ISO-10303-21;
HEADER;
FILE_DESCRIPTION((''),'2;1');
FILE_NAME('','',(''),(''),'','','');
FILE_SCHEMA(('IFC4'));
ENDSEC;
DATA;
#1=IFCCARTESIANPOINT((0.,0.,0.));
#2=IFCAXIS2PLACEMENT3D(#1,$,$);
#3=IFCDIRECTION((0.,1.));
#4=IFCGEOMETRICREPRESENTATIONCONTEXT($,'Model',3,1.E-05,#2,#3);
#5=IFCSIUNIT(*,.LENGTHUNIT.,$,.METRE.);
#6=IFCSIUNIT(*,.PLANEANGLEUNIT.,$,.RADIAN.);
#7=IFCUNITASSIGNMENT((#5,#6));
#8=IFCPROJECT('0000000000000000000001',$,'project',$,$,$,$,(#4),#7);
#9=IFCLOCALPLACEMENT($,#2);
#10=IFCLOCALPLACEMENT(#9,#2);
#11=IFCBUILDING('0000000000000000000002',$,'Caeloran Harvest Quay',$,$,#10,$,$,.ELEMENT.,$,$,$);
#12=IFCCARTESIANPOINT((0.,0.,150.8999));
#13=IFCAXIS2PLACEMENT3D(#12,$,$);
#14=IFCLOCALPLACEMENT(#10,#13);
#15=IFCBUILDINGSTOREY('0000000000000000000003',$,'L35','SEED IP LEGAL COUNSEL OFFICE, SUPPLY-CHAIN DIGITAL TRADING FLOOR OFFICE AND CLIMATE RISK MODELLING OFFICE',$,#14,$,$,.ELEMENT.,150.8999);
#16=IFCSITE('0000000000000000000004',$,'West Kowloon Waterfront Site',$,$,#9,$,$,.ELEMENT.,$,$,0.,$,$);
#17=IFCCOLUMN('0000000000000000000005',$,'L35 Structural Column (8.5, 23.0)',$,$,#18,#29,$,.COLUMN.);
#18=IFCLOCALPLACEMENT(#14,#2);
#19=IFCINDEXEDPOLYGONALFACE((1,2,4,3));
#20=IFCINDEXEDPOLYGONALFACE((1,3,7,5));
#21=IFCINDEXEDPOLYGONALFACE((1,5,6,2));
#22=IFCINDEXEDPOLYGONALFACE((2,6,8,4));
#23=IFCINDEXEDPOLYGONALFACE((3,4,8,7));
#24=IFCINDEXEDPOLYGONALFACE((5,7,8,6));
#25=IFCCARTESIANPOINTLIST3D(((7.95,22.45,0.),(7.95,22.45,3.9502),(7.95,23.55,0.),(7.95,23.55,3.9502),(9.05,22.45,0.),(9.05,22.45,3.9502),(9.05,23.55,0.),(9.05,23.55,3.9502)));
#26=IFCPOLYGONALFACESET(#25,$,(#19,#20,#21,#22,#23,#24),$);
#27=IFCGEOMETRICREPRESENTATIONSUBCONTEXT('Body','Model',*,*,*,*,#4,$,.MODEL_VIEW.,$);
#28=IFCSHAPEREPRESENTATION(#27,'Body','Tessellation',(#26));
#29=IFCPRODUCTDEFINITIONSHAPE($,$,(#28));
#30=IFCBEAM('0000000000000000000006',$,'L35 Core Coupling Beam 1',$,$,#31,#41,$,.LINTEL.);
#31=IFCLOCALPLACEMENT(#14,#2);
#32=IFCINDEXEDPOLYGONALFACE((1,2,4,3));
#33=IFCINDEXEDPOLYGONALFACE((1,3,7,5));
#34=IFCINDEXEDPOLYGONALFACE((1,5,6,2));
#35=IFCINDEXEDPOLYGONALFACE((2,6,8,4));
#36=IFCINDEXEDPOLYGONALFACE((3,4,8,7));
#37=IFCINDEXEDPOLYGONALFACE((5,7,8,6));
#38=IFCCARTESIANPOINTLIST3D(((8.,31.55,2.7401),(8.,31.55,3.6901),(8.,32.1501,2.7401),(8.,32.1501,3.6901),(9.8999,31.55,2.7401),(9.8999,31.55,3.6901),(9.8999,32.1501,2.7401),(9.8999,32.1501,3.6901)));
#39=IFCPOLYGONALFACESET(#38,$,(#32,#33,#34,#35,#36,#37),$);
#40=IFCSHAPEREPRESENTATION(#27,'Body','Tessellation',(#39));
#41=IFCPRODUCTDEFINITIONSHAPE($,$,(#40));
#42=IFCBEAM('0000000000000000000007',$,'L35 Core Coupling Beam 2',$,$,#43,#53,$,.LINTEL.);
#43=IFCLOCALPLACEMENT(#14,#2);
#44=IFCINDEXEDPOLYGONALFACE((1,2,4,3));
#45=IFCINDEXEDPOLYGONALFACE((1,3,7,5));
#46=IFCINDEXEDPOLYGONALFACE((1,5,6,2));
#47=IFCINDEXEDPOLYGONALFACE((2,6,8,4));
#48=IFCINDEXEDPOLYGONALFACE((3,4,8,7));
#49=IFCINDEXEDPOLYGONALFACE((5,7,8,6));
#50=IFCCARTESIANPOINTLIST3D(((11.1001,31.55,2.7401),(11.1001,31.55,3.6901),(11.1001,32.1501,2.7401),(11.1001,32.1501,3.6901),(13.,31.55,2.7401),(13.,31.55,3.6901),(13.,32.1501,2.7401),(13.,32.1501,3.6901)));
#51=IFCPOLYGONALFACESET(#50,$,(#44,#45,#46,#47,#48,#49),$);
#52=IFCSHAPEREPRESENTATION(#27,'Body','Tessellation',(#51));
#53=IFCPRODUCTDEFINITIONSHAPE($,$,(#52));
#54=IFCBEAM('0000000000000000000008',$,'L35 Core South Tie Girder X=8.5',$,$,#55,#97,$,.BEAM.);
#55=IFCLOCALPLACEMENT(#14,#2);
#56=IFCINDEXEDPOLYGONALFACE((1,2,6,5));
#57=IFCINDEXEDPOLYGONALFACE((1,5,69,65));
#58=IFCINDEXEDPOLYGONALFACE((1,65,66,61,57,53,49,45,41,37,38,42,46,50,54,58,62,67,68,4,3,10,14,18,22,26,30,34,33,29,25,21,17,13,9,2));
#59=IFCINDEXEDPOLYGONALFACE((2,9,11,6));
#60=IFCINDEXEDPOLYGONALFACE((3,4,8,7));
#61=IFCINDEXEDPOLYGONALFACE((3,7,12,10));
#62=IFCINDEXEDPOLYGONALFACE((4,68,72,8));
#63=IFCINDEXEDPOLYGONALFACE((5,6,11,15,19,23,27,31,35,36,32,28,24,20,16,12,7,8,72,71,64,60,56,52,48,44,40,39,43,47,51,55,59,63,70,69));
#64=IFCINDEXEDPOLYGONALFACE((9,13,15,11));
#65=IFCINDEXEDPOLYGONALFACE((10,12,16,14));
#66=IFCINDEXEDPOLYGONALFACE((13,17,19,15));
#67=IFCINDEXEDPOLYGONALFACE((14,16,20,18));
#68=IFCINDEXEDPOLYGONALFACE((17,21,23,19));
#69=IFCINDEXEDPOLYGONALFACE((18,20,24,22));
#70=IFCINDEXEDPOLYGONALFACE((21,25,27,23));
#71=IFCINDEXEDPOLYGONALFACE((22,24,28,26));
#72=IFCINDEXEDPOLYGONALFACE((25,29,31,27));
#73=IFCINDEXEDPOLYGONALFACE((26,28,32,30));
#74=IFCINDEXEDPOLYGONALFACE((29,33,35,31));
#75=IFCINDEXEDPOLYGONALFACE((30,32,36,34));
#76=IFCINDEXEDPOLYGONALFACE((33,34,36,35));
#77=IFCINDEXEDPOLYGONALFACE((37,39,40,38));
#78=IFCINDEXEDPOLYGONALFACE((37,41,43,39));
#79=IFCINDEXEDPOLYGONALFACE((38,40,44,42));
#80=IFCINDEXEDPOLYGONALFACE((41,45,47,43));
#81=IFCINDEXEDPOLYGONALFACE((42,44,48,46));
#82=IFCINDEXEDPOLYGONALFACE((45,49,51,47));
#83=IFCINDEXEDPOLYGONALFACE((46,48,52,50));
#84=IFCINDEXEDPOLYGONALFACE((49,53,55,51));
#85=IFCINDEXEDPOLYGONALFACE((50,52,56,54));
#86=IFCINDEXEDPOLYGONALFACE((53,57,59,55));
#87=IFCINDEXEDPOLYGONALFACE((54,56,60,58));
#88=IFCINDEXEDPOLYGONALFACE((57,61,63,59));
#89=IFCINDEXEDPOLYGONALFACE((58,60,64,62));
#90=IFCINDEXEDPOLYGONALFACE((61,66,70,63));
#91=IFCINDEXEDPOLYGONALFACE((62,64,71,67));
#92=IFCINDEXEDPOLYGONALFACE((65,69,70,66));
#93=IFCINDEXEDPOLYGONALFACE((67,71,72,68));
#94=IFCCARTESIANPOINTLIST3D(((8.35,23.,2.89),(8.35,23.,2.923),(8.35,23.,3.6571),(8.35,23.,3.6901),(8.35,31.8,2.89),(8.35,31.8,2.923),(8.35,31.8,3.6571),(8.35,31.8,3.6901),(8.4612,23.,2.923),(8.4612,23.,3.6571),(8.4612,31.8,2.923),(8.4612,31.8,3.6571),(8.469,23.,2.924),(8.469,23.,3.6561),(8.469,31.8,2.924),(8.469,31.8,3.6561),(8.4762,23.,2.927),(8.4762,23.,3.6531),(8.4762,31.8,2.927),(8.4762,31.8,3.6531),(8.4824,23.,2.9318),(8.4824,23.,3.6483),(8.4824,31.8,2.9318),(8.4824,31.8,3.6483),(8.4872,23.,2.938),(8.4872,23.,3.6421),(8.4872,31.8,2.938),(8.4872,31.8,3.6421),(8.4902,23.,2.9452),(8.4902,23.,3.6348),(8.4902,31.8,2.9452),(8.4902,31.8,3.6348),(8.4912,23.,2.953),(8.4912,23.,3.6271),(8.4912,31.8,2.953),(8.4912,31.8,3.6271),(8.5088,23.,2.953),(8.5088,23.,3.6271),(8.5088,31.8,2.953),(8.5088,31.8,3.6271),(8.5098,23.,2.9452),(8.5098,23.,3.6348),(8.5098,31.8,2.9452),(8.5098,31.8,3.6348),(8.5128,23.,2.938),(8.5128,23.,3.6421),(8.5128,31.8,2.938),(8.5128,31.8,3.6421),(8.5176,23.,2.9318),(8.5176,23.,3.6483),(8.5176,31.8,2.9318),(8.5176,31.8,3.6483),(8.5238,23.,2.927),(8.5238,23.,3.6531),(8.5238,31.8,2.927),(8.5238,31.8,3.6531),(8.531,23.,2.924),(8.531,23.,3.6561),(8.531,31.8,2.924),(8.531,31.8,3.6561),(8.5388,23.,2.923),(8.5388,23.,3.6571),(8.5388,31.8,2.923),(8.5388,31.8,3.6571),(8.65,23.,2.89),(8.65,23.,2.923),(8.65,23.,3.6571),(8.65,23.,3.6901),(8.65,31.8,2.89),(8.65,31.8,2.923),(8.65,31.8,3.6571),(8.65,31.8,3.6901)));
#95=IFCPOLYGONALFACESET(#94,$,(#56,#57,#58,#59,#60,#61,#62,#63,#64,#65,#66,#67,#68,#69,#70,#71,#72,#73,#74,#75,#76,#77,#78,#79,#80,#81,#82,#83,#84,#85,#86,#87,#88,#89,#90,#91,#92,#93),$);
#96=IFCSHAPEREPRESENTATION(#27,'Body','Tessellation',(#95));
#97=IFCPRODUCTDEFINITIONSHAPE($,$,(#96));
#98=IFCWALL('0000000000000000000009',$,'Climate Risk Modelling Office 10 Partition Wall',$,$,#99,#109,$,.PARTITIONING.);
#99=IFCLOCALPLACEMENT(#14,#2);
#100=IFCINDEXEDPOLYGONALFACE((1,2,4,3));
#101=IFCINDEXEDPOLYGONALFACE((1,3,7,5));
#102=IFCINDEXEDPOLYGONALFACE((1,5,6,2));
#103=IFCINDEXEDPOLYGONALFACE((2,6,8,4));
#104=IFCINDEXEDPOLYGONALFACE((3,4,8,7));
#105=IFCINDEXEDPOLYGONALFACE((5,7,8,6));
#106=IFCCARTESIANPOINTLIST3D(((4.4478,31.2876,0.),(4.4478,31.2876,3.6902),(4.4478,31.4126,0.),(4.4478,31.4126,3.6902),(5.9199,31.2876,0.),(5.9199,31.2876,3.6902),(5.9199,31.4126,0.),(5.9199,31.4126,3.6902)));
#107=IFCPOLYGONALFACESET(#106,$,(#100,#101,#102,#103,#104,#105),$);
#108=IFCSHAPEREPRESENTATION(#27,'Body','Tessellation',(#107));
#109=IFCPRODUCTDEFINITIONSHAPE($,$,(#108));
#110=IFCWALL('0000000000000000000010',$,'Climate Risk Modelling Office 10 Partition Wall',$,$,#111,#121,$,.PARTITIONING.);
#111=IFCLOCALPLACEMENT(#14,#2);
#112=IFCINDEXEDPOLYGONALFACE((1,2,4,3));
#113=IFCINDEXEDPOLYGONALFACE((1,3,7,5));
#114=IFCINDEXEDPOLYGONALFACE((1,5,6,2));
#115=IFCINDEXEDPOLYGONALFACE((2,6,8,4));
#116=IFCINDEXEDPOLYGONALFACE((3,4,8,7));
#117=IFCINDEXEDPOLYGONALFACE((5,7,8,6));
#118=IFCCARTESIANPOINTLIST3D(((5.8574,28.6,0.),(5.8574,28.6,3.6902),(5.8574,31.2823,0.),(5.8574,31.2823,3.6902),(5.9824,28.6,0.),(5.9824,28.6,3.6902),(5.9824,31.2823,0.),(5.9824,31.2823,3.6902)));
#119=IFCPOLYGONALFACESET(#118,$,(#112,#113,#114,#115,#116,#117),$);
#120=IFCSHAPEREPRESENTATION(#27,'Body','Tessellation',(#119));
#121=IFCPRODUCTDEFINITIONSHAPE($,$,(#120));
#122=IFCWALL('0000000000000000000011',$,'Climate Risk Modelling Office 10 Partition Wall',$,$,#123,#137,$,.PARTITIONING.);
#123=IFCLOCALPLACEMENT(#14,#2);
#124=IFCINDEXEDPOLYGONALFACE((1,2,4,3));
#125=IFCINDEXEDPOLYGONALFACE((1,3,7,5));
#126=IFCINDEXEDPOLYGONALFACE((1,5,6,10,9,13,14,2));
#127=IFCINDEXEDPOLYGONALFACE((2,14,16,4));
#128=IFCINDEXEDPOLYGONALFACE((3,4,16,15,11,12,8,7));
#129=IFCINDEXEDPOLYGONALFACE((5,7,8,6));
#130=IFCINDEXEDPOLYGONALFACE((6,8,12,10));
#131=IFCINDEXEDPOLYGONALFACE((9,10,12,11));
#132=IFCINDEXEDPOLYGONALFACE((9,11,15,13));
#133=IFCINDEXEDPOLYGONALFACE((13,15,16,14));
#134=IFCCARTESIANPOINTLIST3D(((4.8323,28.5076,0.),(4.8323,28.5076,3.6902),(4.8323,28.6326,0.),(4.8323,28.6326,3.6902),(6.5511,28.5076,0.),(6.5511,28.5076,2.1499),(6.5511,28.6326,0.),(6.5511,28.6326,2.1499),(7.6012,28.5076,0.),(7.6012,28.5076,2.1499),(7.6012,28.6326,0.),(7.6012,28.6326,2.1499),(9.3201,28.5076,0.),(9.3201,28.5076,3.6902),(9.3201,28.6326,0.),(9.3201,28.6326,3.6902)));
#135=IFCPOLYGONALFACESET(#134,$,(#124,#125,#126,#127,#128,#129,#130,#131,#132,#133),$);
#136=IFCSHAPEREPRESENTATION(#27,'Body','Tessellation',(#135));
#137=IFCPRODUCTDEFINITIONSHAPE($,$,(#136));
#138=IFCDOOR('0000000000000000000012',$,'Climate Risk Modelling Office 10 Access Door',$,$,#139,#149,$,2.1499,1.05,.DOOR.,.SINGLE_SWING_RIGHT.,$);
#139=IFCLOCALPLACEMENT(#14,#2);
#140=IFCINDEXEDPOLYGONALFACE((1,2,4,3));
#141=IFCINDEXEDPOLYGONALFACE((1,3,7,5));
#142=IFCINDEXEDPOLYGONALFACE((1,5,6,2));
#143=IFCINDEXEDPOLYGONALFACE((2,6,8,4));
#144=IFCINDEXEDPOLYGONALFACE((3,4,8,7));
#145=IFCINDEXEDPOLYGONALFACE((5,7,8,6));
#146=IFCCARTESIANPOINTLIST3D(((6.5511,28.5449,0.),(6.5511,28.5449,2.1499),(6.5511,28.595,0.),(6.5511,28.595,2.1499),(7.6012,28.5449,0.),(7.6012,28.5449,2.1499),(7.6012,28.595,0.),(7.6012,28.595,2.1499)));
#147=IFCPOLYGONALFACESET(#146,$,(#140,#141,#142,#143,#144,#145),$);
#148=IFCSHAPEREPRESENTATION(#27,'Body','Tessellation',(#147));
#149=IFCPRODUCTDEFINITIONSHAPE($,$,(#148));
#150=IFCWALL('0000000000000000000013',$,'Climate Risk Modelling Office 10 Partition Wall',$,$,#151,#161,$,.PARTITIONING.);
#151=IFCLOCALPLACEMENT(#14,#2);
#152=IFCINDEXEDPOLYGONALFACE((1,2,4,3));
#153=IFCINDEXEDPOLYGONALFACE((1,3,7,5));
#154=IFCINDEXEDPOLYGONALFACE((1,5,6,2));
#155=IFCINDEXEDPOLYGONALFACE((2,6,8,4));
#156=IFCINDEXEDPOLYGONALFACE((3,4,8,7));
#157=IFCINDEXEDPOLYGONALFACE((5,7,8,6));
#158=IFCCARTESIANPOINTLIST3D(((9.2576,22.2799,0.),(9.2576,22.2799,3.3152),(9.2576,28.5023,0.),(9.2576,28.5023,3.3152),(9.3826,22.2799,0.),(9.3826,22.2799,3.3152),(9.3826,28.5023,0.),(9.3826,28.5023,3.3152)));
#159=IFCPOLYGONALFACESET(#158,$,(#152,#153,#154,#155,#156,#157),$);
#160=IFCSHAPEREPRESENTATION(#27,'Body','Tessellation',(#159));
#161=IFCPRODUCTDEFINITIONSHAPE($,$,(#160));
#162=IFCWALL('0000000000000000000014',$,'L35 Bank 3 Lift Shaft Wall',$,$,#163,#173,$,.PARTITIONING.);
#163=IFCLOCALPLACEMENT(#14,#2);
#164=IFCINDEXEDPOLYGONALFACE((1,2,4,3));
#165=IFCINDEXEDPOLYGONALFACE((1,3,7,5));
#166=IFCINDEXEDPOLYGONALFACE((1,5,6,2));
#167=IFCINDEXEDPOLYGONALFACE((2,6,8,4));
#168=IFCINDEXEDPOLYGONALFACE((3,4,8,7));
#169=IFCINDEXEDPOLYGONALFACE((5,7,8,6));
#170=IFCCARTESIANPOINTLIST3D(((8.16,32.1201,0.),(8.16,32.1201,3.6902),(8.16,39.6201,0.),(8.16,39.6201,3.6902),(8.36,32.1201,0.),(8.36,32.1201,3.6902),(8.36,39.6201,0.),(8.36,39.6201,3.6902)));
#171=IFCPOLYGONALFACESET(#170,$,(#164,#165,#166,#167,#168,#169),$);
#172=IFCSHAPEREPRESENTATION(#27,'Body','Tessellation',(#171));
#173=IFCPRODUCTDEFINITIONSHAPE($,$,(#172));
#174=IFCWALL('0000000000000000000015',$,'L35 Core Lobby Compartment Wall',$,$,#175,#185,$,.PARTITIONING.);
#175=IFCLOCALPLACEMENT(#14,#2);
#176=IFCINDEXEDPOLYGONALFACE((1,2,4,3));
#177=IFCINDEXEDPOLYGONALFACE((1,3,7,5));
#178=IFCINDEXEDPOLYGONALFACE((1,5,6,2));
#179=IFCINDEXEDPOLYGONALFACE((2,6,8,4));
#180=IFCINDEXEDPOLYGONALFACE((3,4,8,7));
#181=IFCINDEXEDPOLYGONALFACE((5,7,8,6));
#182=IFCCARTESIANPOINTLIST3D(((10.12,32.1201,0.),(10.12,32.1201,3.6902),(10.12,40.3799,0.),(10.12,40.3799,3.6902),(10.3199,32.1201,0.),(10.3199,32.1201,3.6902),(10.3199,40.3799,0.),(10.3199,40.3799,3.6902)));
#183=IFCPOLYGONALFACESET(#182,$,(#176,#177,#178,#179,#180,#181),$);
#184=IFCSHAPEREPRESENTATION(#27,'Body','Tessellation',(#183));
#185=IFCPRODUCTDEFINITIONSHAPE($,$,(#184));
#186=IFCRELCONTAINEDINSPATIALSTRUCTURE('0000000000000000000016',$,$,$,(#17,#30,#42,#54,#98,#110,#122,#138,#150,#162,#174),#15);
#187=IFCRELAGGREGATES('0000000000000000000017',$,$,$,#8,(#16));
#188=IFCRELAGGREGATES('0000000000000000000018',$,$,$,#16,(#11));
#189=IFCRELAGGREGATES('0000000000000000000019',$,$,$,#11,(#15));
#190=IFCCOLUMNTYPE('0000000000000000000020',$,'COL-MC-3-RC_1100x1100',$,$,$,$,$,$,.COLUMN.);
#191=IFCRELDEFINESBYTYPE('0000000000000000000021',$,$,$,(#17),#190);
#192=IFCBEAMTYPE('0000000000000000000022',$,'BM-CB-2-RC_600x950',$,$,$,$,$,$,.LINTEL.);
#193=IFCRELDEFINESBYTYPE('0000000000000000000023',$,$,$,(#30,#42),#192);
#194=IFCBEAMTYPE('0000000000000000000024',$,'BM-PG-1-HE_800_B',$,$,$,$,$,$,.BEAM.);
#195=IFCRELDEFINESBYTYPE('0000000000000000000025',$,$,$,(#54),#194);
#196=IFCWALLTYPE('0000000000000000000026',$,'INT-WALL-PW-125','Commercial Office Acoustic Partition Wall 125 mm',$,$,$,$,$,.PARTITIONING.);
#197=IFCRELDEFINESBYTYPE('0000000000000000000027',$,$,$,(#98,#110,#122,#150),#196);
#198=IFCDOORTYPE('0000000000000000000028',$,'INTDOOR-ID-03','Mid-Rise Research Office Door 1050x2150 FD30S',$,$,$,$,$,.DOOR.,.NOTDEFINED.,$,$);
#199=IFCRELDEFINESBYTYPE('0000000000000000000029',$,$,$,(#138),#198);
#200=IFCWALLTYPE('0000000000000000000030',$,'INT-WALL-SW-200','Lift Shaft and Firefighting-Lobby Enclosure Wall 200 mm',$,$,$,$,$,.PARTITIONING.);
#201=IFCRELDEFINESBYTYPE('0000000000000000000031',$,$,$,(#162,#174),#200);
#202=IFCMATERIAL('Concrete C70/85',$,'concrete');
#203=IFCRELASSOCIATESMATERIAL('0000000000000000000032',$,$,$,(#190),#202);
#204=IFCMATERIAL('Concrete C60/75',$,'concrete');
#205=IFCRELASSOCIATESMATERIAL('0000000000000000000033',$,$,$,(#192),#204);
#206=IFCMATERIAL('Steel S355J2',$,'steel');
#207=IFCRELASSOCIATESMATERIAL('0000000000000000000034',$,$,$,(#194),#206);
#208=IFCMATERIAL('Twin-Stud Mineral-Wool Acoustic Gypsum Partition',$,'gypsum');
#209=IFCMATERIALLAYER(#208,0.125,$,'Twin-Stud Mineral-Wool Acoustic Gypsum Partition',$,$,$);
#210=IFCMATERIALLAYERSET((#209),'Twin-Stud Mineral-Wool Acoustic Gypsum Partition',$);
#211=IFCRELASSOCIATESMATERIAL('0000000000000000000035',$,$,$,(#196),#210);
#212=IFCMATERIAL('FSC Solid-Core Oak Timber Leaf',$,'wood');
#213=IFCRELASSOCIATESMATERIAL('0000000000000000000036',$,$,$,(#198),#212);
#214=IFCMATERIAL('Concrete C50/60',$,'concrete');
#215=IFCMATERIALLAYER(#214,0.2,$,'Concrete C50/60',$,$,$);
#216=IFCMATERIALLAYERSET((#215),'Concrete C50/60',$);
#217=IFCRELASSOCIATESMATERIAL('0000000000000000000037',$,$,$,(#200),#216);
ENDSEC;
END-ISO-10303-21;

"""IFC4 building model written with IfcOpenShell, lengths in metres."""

from ifc_helpers import new_model, si_unit, direction, frame, frame_2d, origin, origin_2d, place, context, subcontext, project, spatial, rectangle, i_section, extrude, material, layer, layer_set, material_profile, profile_set, type_object, element, fill, save


model = new_model("IFC4")

# Units and contexts
model_context = context("Model", 3, precision=1e-05, world=origin(), true_north=direction((0.0, 1.0)))
body_context = subcontext(model_context, "Body", "Model", "MODEL_VIEW")
ifc_project = project(units=[si_unit("LENGTHUNIT", "METRE"), si_unit("PLANEANGLEUNIT", "RADIAN")], contexts=[model_context])

# Site, building, storey
site_placement = place(None, origin())
site = spatial("IfcSite", under=ifc_project, at=site_placement, Name="West Kowloon Waterfront Site", CompositionType="ELEMENT", RefElevation=0.0)
building_placement = place(site_placement, origin())
building = spatial("IfcBuilding", under=site, at=building_placement, Name="Caeloran Harvest Quay", CompositionType="ELEMENT")
storey_placement = place(building_placement, frame((0.0, 0.0, 150.8999)))
storey = spatial("IfcBuildingStorey", under=building, at=storey_placement, Name="L35", Description="SEED IP LEGAL COUNSEL OFFICE, SUPPLY-CHAIN DIGITAL TRADING FLOOR OFFICE AND CLIMATE RISK MODELLING OFFICE", CompositionType="ELEMENT", Elevation=150.8999)

# Column
ifc_material_1 = material(Name="Concrete C70/85", Category="concrete")
ifc_material_profile_1 = material_profile(ifc_material_1, rectangle(XDim=1.1001, YDim=1.1001, at=origin_2d()), Name="RC 1100x1100")
ifc_profile_set_1 = profile_set([ifc_material_profile_1], Name="Concrete C70/85")
column_type = type_object("IfcColumnType", Name="COL-MC-3-RC_1100x1100", PredefinedType="COLUMN", material=ifc_profile_set_1)
column_placement = place(storey_placement, frame((8.5, 23.0, 0.0), z_axis=(0.0, 0.0, 1.0), x_axis=(1.0, 0.0, 0.0)))
element("IfcColumn", 1, at=column_placement, inside=storey, type_object=column_type, Name="L35 Structural Column (8.5, 23.0)", PredefinedType="COLUMN", context=body_context, shape_type="SweptSolid", body=[
    extrude(rectangle(XDim=1.1001, YDim=1.1001, at=origin_2d()), origin(), (0.0, 0.0, 1.0), 3.9502),
])

# Beams
ifc_material_2 = material(Name="Concrete C60/75", Category="concrete")
ifc_material_profile_2 = material_profile(ifc_material_2, rectangle(XDim=0.6001, YDim=0.95, at=origin_2d()), Name="RC 600x950")
ifc_profile_set_2 = profile_set([ifc_material_profile_2], Name="Concrete C60/75")
beam_type_1 = type_object("IfcBeamType", Name="BM-CB-2-RC_600x950", PredefinedType="LINTEL", material=ifc_profile_set_2)
for number, where, z_axis, x_axis, name in (
    (2, (8.0, 31.8501, 3.2151), (1.0, 0.0, 0.0), (0.0, 1.0, 0.0), "L35 Core Coupling Beam 1"),
    (3, (11.1001, 31.8501, 3.2151), (1.0, 0.0, 0.0), (0.0, 1.0, 0.0), "L35 Core Coupling Beam 2"),
):
    element("IfcBeam", number, at=place(storey_placement, frame(where, z_axis=z_axis, x_axis=x_axis)), inside=storey, type_object=beam_type_1, Name=name, PredefinedType="LINTEL", context=body_context, shape_type="SweptSolid", body=[
        extrude(rectangle(XDim=0.6001, YDim=0.95, at=origin_2d()), origin(), (0.0, 0.0, 1.0), 1.8999),
    ])
ifc_material_3 = material(Name="Steel S355J2", Category="steel")
ifc_material_profile_3 = material_profile(ifc_material_3, i_section(OverallWidth=0.3, OverallDepth=0.8, WebThickness=0.0176, FlangeThickness=0.033, FilletRadius=0.03, at=origin_2d()), Name="HE 800 B")
ifc_profile_set_3 = profile_set([ifc_material_profile_3], Name="Steel S355J2")
beam_type_2 = type_object("IfcBeamType", Name="BM-PG-1-HE_800_B", PredefinedType="BEAM", material=ifc_profile_set_3)
beam_placement = place(storey_placement, frame((8.5, 23.0, 3.29), z_axis=(0.0, 1.0, 0.0), x_axis=(-1.0, 0.0, 0.0)))
element("IfcBeam", 4, at=beam_placement, inside=storey, type_object=beam_type_2, Name="L35 Core South Tie Girder X=8.5", PredefinedType="BEAM", context=body_context, shape_type="SweptSolid", body=[
    extrude(i_section(OverallWidth=0.3, OverallDepth=0.8, WebThickness=0.0176, FlangeThickness=0.033, FilletRadius=0.03, at=origin_2d()), origin(), (0.0, 0.0, 1.0), 8.8),
])

# Walls
ifc_material_4 = material(Name="Twin-Stud Mineral-Wool Acoustic Gypsum Partition", Category="gypsum")
ifc_layer_1 = layer(ifc_material_4, 0.125, Name="Twin-Stud Mineral-Wool Acoustic Gypsum Partition")
ifc_layer_set_1 = layer_set([ifc_layer_1], Name="Twin-Stud Mineral-Wool Acoustic Gypsum Partition")
wall_type_1 = type_object("IfcWallType", Name="INT-WALL-PW-125", Description="Commercial Office Acoustic Partition Wall 125 mm", PredefinedType="PARTITIONING", material=ifc_layer_set_1)
wall_1_placement = place(storey_placement, frame((4.4478, 31.3501, 0.0), z_axis=(0.0, 0.0, 1.0), x_axis=(1.0, 0.0, 0.0)))
element("IfcWall", 5, at=wall_1_placement, inside=storey, type_object=wall_type_1, Name="Climate Risk Modelling Office 10 Partition Wall", PredefinedType="PARTITIONING", context=body_context, shape_type="SweptSolid", body=[
    extrude(rectangle(XDim=1.4722, YDim=0.125, at=frame_2d((0.7361, 0.0))), origin(), (0.0, 0.0, 1.0), 3.6902),
])
wall_2_placement = place(storey_placement, frame((5.9199, 31.2825, 0.0), z_axis=(0.0, 0.0, 1.0), x_axis=(0.0, -1.0, 0.0)))
element("IfcWall", 6, at=wall_2_placement, inside=storey, type_object=wall_type_1, Name="Climate Risk Modelling Office 10 Partition Wall", PredefinedType="PARTITIONING", context=body_context, shape_type="SweptSolid", body=[
    extrude(rectangle(XDim=2.6824, YDim=0.125, at=frame_2d((1.3413, 0.0))), origin(), (0.0, 0.0, 1.0), 3.6902),
])

# Wall, opening, door
wall_3_placement = place(storey_placement, frame((4.8323, 28.5701, 0.0), z_axis=(0.0, 0.0, 1.0), x_axis=(1.0, 0.0, 0.0)))
wall_3 = element("IfcWall", 7, at=wall_3_placement, inside=storey, type_object=wall_type_1, Name="Climate Risk Modelling Office 10 Partition Wall", PredefinedType="PARTITIONING", context=body_context, shape_type="SweptSolid", body=[
    extrude(rectangle(XDim=4.4878, YDim=0.125, at=frame_2d((2.2439, 0.0))), origin(), (0.0, 0.0, 1.0), 3.6902),
])
opening_1_placement = place(wall_3_placement, frame((1.719, 0.0, 0.0)))
opening_1 = element("IfcOpeningElement", 8, at=opening_1_placement, cuts=wall_3, PredefinedType="OPENING", context=body_context, shape_type="SweptSolid", body=[
    extrude(rectangle(XDim=1.05, YDim=2.1499, at=frame_2d((0.5249, 1.075))), frame((0.0, 0.0725, 0.0), z_axis=(0.0, -1.0, 0.0), x_axis=(1.0, 0.0, 0.0)), (0.0, 0.0, 1.0), 0.145),
])
ifc_material_5 = material(Name="FSC Solid-Core Oak Timber Leaf", Category="wood")
door_type_1 = type_object("IfcDoorType", Name="INTDOOR-ID-03", Description="Mid-Rise Research Office Door 1050x2150 FD30S", OperationType="NOTDEFINED", PredefinedType="DOOR", material=ifc_material_5)
door_1_placement = place(opening_1_placement, origin())
door_1 = element("IfcDoor", 9, at=door_1_placement, inside=storey, type_object=door_type_1, Name="Climate Risk Modelling Office 10 Access Door", OperationType="SINGLE_SWING_RIGHT", OverallHeight=2.1499, OverallWidth=1.05, PredefinedType="DOOR", context=body_context, shape_type="SweptSolid", body=[
    extrude(rectangle(XDim=1.05, YDim=2.1499, at=frame_2d((0.5249, 1.075))), frame((0.0, 0.0249, 0.0), z_axis=(0.0, -1.0, 0.0), x_axis=(1.0, 0.0, 0.0)), (0.0, 0.0, 1.0), 0.05),
])
fill(opening_1, door_1)

# Walls
wall_4_placement = place(storey_placement, frame((9.3201, 28.5024, 0.0), z_axis=(0.0, 0.0, 1.0), x_axis=(0.0, -1.0, 0.0)))
element("IfcWall", 10, at=wall_4_placement, inside=storey, type_object=wall_type_1, Name="Climate Risk Modelling Office 10 Partition Wall", PredefinedType="PARTITIONING", context=body_context, shape_type="SweptSolid", body=[
    extrude(rectangle(XDim=6.2224, YDim=0.125, at=frame_2d((3.1113, 0.0))), origin(), (0.0, 0.0, 1.0), 3.3152),
])
ifc_material_6 = material(Name="Concrete C50/60", Category="concrete")
ifc_layer_2 = layer(ifc_material_6, 0.2, Name="Concrete C50/60")
ifc_layer_set_2 = layer_set([ifc_layer_2], Name="Concrete C50/60")
wall_type_2 = type_object("IfcWallType", Name="INT-WALL-SW-200", Description="Lift Shaft and Firefighting-Lobby Enclosure Wall 200 mm", PredefinedType="PARTITIONING", material=ifc_layer_set_2)
wall_5_placement = place(storey_placement, frame((8.26, 32.1201, 0.0), z_axis=(0.0, 0.0, 1.0), x_axis=(0.0, 1.0, 0.0)))
element("IfcWall", 11, at=wall_5_placement, inside=storey, type_object=wall_type_2, Name="L35 Bank 3 Lift Shaft Wall", PredefinedType="PARTITIONING", context=body_context, shape_type="SweptSolid", body=[
    extrude(rectangle(XDim=7.5, YDim=0.2, at=frame_2d((3.75, 0.0))), origin(), (0.0, 0.0, 1.0), 3.6902),
])
wall_6_placement = place(storey_placement, frame((10.22, 32.1201, 0.0), z_axis=(0.0, 0.0, 1.0), x_axis=(0.0, 1.0, 0.0)))
element("IfcWall", 12, at=wall_6_placement, inside=storey, type_object=wall_type_2, Name="L35 Core Lobby Compartment Wall", PredefinedType="PARTITIONING", context=body_context, shape_type="SweptSolid", body=[
    extrude(rectangle(XDim=8.2598, YDim=0.2, at=frame_2d((4.1299, 0.0))), origin(), (0.0, 0.0, 1.0), 3.6902),
])

save(model, "model.ifc")
